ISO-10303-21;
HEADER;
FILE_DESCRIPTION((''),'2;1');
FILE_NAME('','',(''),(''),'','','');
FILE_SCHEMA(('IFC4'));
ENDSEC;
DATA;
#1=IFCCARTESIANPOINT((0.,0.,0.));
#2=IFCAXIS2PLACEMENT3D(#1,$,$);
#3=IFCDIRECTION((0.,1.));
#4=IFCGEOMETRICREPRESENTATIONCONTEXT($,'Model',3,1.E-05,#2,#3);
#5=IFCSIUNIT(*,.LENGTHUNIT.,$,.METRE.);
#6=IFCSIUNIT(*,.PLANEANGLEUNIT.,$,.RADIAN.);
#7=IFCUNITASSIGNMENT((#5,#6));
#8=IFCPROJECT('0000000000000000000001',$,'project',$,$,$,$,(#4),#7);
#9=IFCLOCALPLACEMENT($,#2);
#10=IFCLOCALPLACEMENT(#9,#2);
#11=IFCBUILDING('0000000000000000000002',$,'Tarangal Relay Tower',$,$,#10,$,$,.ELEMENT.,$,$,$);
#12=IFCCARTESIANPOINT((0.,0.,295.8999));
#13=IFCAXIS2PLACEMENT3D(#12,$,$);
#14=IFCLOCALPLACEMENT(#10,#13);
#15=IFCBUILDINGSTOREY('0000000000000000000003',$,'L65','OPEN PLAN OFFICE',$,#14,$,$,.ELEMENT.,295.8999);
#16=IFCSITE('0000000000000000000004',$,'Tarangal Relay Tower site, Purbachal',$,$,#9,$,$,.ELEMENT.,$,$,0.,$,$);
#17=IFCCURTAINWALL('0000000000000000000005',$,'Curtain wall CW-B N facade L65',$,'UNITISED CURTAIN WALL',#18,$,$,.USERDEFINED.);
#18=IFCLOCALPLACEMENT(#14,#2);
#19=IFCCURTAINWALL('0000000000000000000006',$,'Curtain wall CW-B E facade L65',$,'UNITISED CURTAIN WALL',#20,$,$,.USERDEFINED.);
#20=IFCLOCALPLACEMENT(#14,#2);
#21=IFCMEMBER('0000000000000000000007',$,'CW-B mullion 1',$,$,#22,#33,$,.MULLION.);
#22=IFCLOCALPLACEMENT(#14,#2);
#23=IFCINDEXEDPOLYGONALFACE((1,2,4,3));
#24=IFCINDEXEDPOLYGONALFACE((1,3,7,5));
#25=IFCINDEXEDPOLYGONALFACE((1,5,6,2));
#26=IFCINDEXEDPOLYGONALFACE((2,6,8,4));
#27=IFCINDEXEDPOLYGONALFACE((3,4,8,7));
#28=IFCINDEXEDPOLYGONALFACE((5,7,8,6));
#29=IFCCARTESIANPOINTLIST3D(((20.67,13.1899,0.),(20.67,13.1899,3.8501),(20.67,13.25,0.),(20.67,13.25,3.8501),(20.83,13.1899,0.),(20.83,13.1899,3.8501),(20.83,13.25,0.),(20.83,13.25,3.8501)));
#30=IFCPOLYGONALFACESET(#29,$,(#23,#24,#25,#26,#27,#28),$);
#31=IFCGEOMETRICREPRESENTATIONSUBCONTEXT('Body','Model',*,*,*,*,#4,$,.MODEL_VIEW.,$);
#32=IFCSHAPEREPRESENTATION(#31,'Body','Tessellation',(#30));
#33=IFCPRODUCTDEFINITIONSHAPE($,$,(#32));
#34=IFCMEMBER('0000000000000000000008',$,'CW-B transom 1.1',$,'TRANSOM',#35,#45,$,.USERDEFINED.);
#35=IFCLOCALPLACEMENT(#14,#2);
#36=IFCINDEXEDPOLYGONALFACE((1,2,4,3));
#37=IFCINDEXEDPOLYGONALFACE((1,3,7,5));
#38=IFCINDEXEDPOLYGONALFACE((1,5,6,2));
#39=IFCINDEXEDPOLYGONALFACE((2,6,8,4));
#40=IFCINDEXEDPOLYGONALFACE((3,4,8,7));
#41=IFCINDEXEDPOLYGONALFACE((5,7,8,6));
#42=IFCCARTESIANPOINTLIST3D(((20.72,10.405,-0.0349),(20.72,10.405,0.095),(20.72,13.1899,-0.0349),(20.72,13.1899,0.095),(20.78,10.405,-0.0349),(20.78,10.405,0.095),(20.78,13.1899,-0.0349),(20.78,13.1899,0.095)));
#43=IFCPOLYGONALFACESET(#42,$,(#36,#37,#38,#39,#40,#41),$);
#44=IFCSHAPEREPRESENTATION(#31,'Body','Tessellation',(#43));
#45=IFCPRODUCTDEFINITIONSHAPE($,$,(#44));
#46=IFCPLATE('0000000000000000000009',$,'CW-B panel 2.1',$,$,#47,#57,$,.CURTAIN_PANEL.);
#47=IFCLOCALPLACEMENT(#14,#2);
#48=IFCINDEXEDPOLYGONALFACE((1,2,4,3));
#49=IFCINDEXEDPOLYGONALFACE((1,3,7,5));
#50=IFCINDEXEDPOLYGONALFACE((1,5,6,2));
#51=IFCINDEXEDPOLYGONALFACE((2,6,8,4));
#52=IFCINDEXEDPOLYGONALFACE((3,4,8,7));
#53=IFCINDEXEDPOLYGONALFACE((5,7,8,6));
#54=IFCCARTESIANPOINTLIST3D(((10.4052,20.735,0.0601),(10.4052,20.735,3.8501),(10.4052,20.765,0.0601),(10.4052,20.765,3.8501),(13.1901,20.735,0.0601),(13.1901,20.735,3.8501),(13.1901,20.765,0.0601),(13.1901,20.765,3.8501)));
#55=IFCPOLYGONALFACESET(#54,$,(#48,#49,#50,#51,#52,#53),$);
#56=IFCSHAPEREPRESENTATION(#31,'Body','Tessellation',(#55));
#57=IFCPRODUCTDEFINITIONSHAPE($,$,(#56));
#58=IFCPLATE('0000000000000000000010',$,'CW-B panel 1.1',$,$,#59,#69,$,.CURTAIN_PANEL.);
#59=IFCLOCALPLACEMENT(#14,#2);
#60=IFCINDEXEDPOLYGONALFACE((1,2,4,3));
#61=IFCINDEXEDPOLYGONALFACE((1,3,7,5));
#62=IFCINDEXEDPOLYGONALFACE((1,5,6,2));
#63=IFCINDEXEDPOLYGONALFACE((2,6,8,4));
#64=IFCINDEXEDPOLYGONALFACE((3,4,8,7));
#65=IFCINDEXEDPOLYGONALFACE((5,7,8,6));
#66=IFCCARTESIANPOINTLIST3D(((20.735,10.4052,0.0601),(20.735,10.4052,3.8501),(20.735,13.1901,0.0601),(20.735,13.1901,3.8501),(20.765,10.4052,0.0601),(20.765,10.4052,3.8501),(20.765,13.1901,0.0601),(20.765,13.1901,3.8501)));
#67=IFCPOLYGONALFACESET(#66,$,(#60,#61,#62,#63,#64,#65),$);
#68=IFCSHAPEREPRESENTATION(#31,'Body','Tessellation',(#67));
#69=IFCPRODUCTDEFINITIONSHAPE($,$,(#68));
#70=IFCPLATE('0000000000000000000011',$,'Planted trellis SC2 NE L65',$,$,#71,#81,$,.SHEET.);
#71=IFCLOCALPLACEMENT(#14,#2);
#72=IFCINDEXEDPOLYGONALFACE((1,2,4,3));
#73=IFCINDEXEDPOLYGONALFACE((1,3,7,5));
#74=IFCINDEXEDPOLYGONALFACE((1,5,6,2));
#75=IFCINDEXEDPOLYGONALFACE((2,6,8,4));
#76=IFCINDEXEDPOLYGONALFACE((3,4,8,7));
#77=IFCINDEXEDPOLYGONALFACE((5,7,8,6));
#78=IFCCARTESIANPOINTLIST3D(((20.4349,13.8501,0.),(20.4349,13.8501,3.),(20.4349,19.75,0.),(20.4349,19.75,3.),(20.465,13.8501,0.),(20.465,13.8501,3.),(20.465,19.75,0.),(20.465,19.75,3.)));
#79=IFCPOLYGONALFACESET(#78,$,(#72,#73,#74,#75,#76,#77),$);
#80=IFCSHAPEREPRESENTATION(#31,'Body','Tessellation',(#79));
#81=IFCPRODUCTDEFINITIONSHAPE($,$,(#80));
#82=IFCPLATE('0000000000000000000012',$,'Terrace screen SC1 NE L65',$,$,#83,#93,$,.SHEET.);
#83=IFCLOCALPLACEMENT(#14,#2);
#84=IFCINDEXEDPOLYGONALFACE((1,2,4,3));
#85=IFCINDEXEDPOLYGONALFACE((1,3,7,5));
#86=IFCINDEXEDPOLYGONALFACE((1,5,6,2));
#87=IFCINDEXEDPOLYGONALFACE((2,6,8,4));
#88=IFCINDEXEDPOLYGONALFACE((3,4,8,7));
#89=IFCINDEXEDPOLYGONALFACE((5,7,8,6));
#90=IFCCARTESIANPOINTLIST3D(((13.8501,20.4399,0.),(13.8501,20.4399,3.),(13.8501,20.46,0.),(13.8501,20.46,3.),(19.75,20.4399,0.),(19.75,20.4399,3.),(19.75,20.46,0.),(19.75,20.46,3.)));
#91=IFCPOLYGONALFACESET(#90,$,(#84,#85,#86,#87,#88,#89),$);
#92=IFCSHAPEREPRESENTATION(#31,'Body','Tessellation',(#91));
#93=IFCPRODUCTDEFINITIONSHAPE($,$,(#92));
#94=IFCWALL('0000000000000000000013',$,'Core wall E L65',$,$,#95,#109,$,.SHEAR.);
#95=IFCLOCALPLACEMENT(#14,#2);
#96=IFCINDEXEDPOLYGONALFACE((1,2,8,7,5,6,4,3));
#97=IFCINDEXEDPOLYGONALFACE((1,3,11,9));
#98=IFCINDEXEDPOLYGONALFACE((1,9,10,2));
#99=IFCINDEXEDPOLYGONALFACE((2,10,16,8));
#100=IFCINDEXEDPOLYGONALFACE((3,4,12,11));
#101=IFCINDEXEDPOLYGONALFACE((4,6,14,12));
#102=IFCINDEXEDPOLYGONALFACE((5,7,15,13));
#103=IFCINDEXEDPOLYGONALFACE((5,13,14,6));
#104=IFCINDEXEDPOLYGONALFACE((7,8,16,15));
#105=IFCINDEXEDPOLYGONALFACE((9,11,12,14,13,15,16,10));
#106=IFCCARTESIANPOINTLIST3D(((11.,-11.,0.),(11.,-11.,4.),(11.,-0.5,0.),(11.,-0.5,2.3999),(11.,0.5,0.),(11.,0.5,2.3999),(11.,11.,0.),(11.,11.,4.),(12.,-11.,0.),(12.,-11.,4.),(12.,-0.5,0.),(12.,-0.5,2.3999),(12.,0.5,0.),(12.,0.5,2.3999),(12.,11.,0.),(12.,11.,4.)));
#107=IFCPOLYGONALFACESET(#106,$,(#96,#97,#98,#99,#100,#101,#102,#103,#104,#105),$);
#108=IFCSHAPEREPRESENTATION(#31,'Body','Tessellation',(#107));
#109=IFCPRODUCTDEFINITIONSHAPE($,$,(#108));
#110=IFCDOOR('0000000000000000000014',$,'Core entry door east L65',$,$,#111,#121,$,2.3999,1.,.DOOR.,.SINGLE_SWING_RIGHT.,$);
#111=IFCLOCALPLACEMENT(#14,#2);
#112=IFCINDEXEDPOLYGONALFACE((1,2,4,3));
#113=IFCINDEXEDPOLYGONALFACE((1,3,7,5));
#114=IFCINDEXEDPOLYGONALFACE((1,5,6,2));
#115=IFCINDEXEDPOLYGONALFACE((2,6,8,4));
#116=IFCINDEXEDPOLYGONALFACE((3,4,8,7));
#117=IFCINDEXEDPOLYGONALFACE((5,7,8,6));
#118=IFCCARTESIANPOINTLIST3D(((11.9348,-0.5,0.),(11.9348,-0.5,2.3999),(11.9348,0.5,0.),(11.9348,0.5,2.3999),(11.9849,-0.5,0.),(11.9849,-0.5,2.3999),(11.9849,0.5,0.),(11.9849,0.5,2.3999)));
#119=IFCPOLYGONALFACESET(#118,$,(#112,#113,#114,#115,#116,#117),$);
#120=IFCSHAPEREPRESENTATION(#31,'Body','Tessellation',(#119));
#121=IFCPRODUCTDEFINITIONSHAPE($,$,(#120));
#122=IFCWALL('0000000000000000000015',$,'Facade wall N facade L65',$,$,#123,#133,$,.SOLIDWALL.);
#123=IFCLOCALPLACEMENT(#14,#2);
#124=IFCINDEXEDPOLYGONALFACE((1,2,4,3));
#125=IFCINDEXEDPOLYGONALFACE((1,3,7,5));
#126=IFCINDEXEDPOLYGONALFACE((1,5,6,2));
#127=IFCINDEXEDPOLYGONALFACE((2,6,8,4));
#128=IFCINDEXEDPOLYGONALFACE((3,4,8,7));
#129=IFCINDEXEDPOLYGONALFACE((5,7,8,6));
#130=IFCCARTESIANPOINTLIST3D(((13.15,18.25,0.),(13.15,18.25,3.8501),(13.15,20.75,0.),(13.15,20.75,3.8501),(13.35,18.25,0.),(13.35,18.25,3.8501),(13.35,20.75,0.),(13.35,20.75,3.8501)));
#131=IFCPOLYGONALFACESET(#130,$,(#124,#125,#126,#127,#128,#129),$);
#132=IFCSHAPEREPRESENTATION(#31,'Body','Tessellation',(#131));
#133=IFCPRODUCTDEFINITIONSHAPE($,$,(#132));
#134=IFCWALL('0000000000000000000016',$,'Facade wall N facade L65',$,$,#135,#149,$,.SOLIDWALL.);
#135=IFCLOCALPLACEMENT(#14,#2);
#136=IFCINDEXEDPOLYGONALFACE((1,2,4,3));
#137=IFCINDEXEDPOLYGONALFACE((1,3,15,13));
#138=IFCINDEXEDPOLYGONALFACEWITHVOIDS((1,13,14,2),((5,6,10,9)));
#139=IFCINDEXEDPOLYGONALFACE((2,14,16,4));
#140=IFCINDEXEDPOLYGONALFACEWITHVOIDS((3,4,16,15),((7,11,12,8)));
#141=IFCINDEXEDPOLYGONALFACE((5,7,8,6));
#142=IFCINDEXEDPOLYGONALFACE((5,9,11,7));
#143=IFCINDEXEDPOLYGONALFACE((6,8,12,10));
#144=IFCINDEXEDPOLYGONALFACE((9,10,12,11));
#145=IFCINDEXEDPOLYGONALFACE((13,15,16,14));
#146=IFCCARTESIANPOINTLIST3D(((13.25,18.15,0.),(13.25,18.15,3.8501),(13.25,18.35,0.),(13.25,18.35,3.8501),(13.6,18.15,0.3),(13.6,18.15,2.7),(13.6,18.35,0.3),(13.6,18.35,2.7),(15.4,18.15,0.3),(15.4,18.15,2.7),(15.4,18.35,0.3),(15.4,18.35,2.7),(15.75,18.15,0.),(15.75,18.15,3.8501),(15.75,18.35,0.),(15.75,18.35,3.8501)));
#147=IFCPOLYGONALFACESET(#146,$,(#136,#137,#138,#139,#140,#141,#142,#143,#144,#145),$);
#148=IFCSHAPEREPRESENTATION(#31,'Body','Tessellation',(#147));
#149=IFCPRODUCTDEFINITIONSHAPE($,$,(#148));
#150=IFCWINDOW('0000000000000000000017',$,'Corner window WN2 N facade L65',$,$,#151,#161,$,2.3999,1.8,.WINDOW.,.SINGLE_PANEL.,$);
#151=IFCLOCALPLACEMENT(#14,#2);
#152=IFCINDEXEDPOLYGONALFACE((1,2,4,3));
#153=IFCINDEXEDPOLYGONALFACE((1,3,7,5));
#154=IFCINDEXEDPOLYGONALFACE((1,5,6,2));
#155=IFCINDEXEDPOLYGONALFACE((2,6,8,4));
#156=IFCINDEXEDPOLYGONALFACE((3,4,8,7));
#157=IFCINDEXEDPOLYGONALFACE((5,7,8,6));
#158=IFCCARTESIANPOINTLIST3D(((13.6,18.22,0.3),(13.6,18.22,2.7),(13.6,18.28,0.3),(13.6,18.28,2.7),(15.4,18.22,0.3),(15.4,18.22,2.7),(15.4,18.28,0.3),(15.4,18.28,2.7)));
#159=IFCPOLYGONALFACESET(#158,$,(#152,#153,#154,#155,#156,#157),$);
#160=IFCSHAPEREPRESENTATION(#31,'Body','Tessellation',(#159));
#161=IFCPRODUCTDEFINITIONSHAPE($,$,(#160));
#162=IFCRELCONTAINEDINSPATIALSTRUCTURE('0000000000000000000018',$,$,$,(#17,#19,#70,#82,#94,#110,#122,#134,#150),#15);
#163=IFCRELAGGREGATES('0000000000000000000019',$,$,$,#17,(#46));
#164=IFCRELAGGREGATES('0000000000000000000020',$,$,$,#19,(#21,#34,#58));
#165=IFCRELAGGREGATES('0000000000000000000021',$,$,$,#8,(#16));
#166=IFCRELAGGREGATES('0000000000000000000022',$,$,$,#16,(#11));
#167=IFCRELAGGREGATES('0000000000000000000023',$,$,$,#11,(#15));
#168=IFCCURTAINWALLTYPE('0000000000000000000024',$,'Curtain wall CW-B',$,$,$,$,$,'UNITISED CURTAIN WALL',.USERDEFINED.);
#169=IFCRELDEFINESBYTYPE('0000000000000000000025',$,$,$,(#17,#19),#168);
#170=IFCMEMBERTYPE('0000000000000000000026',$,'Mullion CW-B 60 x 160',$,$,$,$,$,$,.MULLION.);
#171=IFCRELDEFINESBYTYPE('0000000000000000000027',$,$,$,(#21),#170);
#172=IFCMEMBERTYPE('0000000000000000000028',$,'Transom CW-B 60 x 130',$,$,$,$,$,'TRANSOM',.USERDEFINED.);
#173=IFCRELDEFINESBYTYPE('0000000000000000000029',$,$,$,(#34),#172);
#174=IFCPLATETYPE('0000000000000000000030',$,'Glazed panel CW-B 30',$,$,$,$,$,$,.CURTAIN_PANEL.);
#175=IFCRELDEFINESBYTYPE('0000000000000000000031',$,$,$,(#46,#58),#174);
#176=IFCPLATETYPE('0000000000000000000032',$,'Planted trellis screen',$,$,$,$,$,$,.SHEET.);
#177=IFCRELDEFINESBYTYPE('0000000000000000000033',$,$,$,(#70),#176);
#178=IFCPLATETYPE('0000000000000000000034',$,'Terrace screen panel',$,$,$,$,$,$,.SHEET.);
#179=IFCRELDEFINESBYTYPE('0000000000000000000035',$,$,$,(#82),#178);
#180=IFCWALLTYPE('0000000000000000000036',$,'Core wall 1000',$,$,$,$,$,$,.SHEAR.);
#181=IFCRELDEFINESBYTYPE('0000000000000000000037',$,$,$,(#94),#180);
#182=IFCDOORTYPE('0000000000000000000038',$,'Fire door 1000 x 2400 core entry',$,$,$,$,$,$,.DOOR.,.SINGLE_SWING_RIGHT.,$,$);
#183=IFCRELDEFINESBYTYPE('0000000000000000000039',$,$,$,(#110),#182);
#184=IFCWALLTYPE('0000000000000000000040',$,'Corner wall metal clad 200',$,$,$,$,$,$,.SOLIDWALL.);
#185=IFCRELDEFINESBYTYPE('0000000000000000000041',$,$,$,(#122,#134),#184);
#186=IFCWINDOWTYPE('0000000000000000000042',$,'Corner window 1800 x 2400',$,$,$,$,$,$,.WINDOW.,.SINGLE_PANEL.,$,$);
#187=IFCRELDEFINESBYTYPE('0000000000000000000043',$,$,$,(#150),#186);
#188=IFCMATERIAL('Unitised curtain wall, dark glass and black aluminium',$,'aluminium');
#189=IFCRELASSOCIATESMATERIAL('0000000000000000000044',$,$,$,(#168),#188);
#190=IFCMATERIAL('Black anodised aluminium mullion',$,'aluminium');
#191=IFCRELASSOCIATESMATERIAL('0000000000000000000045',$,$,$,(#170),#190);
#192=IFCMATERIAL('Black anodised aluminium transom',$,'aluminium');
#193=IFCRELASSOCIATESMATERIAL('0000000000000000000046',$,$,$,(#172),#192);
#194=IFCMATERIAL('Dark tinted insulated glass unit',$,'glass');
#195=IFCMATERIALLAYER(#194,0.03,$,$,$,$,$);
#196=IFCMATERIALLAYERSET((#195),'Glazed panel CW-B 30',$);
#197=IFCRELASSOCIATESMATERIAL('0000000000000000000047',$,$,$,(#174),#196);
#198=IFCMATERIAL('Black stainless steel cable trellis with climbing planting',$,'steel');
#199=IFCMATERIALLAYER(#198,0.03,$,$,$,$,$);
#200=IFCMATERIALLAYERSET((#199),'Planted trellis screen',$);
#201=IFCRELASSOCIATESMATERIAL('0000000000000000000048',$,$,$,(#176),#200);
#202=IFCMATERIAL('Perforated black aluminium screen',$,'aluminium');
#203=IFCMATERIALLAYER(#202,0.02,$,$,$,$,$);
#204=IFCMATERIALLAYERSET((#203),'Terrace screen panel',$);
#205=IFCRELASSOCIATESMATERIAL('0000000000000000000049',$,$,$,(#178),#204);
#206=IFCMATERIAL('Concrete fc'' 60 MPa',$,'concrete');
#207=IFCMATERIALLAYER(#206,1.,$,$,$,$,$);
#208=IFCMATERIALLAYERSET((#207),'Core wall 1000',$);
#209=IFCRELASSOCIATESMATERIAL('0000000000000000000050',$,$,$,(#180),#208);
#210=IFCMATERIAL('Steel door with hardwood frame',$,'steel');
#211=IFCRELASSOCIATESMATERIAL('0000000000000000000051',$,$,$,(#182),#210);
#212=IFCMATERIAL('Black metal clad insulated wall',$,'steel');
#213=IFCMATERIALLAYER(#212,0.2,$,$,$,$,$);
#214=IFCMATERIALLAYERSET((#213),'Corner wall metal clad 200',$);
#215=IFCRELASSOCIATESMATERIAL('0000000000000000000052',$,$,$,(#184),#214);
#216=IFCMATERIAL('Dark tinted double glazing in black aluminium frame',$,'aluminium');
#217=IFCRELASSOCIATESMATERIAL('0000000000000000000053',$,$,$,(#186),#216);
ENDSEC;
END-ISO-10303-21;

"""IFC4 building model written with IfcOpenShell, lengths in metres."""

from ifc_helpers import new_model, si_unit, direction, frame, frame_2d, origin, origin_2d, place, context, subcontext, project, spatial, rectangle, extrude, material, layer, layer_set, material_profile, profile_set, type_object, element, fill, aggregate, save


model = new_model("IFC4")

# Units and contexts
model_context = context("Model", 3, precision=1e-05, world=origin(), true_north=direction((0.0, 1.0)))
body_context = subcontext(model_context, "Body", "Model", "MODEL_VIEW")
ifc_project = project(units=[si_unit("LENGTHUNIT", "METRE"), si_unit("PLANEANGLEUNIT", "RADIAN")], contexts=[model_context])

# Site, building, storey
site_placement = place(None, origin())
site = spatial("IfcSite", under=ifc_project, at=site_placement, Name="Tarangal Relay Tower site, Purbachal", CompositionType="ELEMENT", RefElevation=0.0)
building_placement = place(site_placement, origin())
building = spatial("IfcBuilding", under=site, at=building_placement, Name="Tarangal Relay Tower", CompositionType="ELEMENT")
storey_placement = place(building_placement, frame((0.0, 0.0, 295.8999)))
storey = spatial("IfcBuildingStorey", under=building, at=storey_placement, Name="L65", Description="OPEN PLAN OFFICE", CompositionType="ELEMENT", Elevation=295.8999)

# Curtain wall
ifc_material_1 = material(Name="Unitised curtain wall, dark glass and black aluminium", Category="aluminium")
curtain_wall_type = type_object("IfcCurtainWallType", Name="Curtain wall CW-B", ElementType="UNITISED CURTAIN WALL", PredefinedType="USERDEFINED", material=ifc_material_1)
curtain_wall_1_placement = place(storey_placement, origin())
curtain_wall_1 = element("IfcCurtainWall", 1, at=curtain_wall_1_placement, inside=storey, type_object=curtain_wall_type, Name="Curtain wall CW-B N facade L65", ObjectType="UNITISED CURTAIN WALL", PredefinedType="USERDEFINED")
ifc_material_2 = material(Name="Black anodised aluminium mullion", Category="aluminium")
ifc_material_profile_1 = material_profile(ifc_material_2, rectangle(XDim=0.1599, YDim=0.0601, at=origin_2d()), Name="CW-BM 60X160")
ifc_profile_set_1 = profile_set([ifc_material_profile_1], Name="Black anodised aluminium mullion")
member_type_1 = type_object("IfcMemberType", Name="Mullion CW-B 60 x 160", PredefinedType="MULLION", material=ifc_profile_set_1)

# Curtain wall, members
curtain_wall_2_placement = place(storey_placement, origin())
curtain_wall_2 = element("IfcCurtainWall", 2, at=curtain_wall_2_placement, inside=storey, type_object=curtain_wall_type, Name="Curtain wall CW-B E facade L65", ObjectType="UNITISED CURTAIN WALL", PredefinedType="USERDEFINED")
member_1_placement = place(storey_placement, frame((20.75, 13.22, 0.0), z_axis=(0.0, 0.0, 1.0), x_axis=(1.0, 0.0, 0.0)))
member_1 = element("IfcMember", 3, at=member_1_placement, type_object=member_type_1, Name="CW-B mullion 1", PredefinedType="MULLION", context=body_context, shape_type="SweptSolid", body=[
    extrude(rectangle(XDim=0.1599, YDim=0.0601, at=origin_2d()), origin(), (0.0, 0.0, 1.0), 3.8501),
])
ifc_material_3 = material(Name="Black anodised aluminium transom", Category="aluminium")
ifc_material_profile_2 = material_profile(ifc_material_3, rectangle(XDim=0.0601, YDim=0.1299, at=origin_2d()), Name="CW-BT 60X130")
ifc_profile_set_2 = profile_set([ifc_material_profile_2], Name="Black anodised aluminium transom")
member_type_2 = type_object("IfcMemberType", Name="Transom CW-B 60 x 130", ElementType="TRANSOM", PredefinedType="USERDEFINED", material=ifc_profile_set_2)
member_2_placement = place(storey_placement, frame((20.75, 13.1899, 0.03), z_axis=(0.0, -1.0, 0.0), x_axis=(1.0, 0.0, 0.0)))
member_2 = element("IfcMember", 4, at=member_2_placement, type_object=member_type_2, Name="CW-B transom 1.1", ObjectType="TRANSOM", PredefinedType="USERDEFINED", context=body_context, shape_type="SweptSolid", body=[
    extrude(rectangle(XDim=0.0601, YDim=0.1299, at=origin_2d()), origin(), (0.0, 0.0, 1.0), 2.7849),
])

# Plates
ifc_material_4 = material(Name="Dark tinted insulated glass unit", Category="glass")
ifc_layer_1 = layer(ifc_material_4, 0.03)
ifc_layer_set_1 = layer_set([ifc_layer_1], Name="Glazed panel CW-B 30")
plate_type_1 = type_object("IfcPlateType", Name="Glazed panel CW-B 30", PredefinedType="CURTAIN_PANEL", material=ifc_layer_set_1)
plate_1_placement = place(storey_placement, frame((11.7976, 20.75, 0.0601), z_axis=(0.0, 0.0, 1.0), x_axis=(1.0, 0.0, 0.0)))
plate_1 = element("IfcPlate", 5, at=plate_1_placement, type_object=plate_type_1, Name="CW-B panel 2.1", PredefinedType="CURTAIN_PANEL", context=body_context, shape_type="SweptSolid", body=[
    extrude(rectangle(XDim=2.7849, YDim=0.03, at=origin_2d()), origin(), (0.0, 0.0, 1.0), 3.79),
])
aggregate(curtain_wall_1, [plate_1])
plate_2_placement = place(storey_placement, frame((20.75, 11.7976, 0.0601), z_axis=(0.0, 0.0, 1.0), x_axis=(0.0, -1.0, 0.0)))
plate_2 = element("IfcPlate", 6, at=plate_2_placement, type_object=plate_type_1, Name="CW-B panel 1.1", PredefinedType="CURTAIN_PANEL", context=body_context, shape_type="SweptSolid", body=[
    extrude(rectangle(XDim=2.7849, YDim=0.03, at=origin_2d()), origin(), (0.0, 0.0, 1.0), 3.79),
])
aggregate(curtain_wall_2, [member_1, member_2, plate_2])

# Plates
ifc_material_5 = material(Name="Black stainless steel cable trellis with climbing planting", Category="steel")
ifc_layer_2 = layer(ifc_material_5, 0.03)
ifc_layer_set_2 = layer_set([ifc_layer_2], Name="Planted trellis screen")
plate_type_2 = type_object("IfcPlateType", Name="Planted trellis screen", PredefinedType="SHEET", material=ifc_layer_set_2)
plate_3_placement = place(storey_placement, frame((20.45, 16.8, 0.0), z_axis=(0.0, 0.0, 1.0), x_axis=(0.0, -1.0, 0.0)))
element("IfcPlate", 7, at=plate_3_placement, inside=storey, type_object=plate_type_2, Name="Planted trellis SC2 NE L65", PredefinedType="SHEET", context=body_context, shape_type="SweptSolid", body=[
    extrude(rectangle(XDim=5.8999, YDim=0.03, at=origin_2d()), origin(), (0.0, 0.0, 1.0), 3.0),
])
ifc_material_6 = material(Name="Perforated black aluminium screen", Category="aluminium")
ifc_layer_3 = layer(ifc_material_6, 0.02)
ifc_layer_set_3 = layer_set([ifc_layer_3], Name="Terrace screen panel")
plate_type_3 = type_object("IfcPlateType", Name="Terrace screen panel", PredefinedType="SHEET", material=ifc_layer_set_3)
plate_4_placement = place(storey_placement, frame((16.8, 20.45, 0.0), z_axis=(0.0, 0.0, 1.0), x_axis=(1.0, 0.0, 0.0)))
element("IfcPlate", 8, at=plate_4_placement, inside=storey, type_object=plate_type_3, Name="Terrace screen SC1 NE L65", PredefinedType="SHEET", context=body_context, shape_type="SweptSolid", body=[
    extrude(rectangle(XDim=5.8999, YDim=0.02, at=origin_2d()), origin(), (0.0, 0.0, 1.0), 3.0),
])

# Wall, opening, door
ifc_material_7 = material(Name="Concrete fc' 60 MPa", Category="concrete")
ifc_layer_4 = layer(ifc_material_7, 1.0)
ifc_layer_set_4 = layer_set([ifc_layer_4], Name="Core wall 1000")
wall_type_1 = type_object("IfcWallType", Name="Core wall 1000", PredefinedType="SHEAR", material=ifc_layer_set_4)
wall_1_placement = place(storey_placement, frame((11.5, 11.0, 0.0), z_axis=(0.0, 0.0, 1.0), x_axis=(0.0, -1.0, 0.0)))
wall_1 = element("IfcWall", 9, at=wall_1_placement, inside=storey, type_object=wall_type_1, Name="Core wall E L65", PredefinedType="SHEAR", context=body_context, shape_type="SweptSolid", body=[
    extrude(rectangle(XDim=22.0, YDim=1.0, at=frame_2d((11.0, 0.0))), origin(), (0.0, 0.0, 1.0), 4.0),
])
opening_1_placement = place(wall_1_placement, frame((10.5, 0.0, 0.0)))
opening_1 = element("IfcOpeningElement", 10, at=opening_1_placement, cuts=wall_1, PredefinedType="OPENING", context=body_context, shape_type="SweptSolid", body=[
    extrude(rectangle(XDim=1.0, YDim=2.3999, at=frame_2d((0.5, 1.2))), frame((0.0, 0.51, 0.0), z_axis=(0.0, -1.0, 0.0), x_axis=(1.0, 0.0, 0.0)), (0.0, 0.0, 1.0), 1.02),
])
ifc_material_8 = material(Name="Steel door with hardwood frame", Category="steel")
door_type_1 = type_object("IfcDoorType", Name="Fire door 1000 x 2400 core entry", OperationType="SINGLE_SWING_RIGHT", PredefinedType="DOOR", material=ifc_material_8)
door_1_placement = place(opening_1_placement, origin())
door_1 = element("IfcDoor", 11, at=door_1_placement, inside=storey, type_object=door_type_1, Name="Core entry door east L65", OperationType="SINGLE_SWING_RIGHT", OverallHeight=2.3999, OverallWidth=1.0, PredefinedType="DOOR", context=body_context, shape_type="SweptSolid", body=[
    extrude(rectangle(XDim=1.0, YDim=2.3999, at=frame_2d((0.5, 1.2))), frame((0.0, 0.4849, 0.0), z_axis=(0.0, -1.0, 0.0), x_axis=(1.0, 0.0, 0.0)), (0.0, 0.0, 1.0), 0.05),
])
fill(opening_1, door_1)

# Wall
ifc_material_9 = material(Name="Black metal clad insulated wall", Category="steel")
ifc_layer_5 = layer(ifc_material_9, 0.2)
ifc_layer_set_5 = layer_set([ifc_layer_5], Name="Corner wall metal clad 200")
wall_type_2 = type_object("IfcWallType", Name="Corner wall metal clad 200", PredefinedType="SOLIDWALL", material=ifc_layer_set_5)
wall_2_placement = place(storey_placement, frame((13.25, 20.75, 0.0), z_axis=(0.0, 0.0, 1.0), x_axis=(0.0, -1.0, 0.0)))
element("IfcWall", 12, at=wall_2_placement, inside=storey, type_object=wall_type_2, Name="Facade wall N facade L65", PredefinedType="SOLIDWALL", context=body_context, shape_type="SweptSolid", body=[
    extrude(rectangle(XDim=2.5, YDim=0.2, at=frame_2d((1.25, 0.0))), origin(), (0.0, 0.0, 1.0), 3.8501),
])

# Wall, opening, window
wall_3_placement = place(storey_placement, frame((13.25, 18.25, 0.0), z_axis=(0.0, 0.0, 1.0), x_axis=(1.0, 0.0, 0.0)))
wall_3 = element("IfcWall", 13, at=wall_3_placement, inside=storey, type_object=wall_type_2, Name="Facade wall N facade L65", PredefinedType="SOLIDWALL", context=body_context, shape_type="SweptSolid", body=[
    extrude(rectangle(XDim=2.5, YDim=0.2, at=frame_2d((1.25, 0.0))), origin(), (0.0, 0.0, 1.0), 3.8501),
])
opening_2_placement = place(wall_3_placement, frame((0.3501, 0.0, 0.3)))
opening_2 = element("IfcOpeningElement", 14, at=opening_2_placement, cuts=wall_3, PredefinedType="OPENING", context=body_context, shape_type="SweptSolid", body=[
    extrude(rectangle(XDim=1.8, YDim=2.3999, at=frame_2d((0.8999, 1.2))), frame((0.0, 0.1099, 0.0), z_axis=(0.0, -1.0, 0.0), x_axis=(1.0, 0.0, 0.0)), (0.0, 0.0, 1.0), 0.22),
])
ifc_material_10 = material(Name="Dark tinted double glazing in black aluminium frame", Category="aluminium")
window_type = type_object("IfcWindowType", Name="Corner window 1800 x 2400", PartitioningType="SINGLE_PANEL", PredefinedType="WINDOW", material=ifc_material_10)
window_1_placement = place(opening_2_placement, origin())
window_1 = element("IfcWindow", 15, at=window_1_placement, inside=storey, type_object=window_type, Name="Corner window WN2 N facade L65", OverallHeight=2.3999, OverallWidth=1.8, PartitioningType="SINGLE_PANEL", PredefinedType="WINDOW", context=body_context, shape_type="SweptSolid", body=[
    extrude(rectangle(XDim=1.8, YDim=2.3999, at=frame_2d((0.8999, 1.2))), frame((0.0, 0.03, 0.0), z_axis=(0.0, -1.0, 0.0), x_axis=(1.0, 0.0, 0.0)), (0.0, 0.0, 1.0), 0.0601),
])
fill(opening_2, window_1)

save(model, "model.ifc")
